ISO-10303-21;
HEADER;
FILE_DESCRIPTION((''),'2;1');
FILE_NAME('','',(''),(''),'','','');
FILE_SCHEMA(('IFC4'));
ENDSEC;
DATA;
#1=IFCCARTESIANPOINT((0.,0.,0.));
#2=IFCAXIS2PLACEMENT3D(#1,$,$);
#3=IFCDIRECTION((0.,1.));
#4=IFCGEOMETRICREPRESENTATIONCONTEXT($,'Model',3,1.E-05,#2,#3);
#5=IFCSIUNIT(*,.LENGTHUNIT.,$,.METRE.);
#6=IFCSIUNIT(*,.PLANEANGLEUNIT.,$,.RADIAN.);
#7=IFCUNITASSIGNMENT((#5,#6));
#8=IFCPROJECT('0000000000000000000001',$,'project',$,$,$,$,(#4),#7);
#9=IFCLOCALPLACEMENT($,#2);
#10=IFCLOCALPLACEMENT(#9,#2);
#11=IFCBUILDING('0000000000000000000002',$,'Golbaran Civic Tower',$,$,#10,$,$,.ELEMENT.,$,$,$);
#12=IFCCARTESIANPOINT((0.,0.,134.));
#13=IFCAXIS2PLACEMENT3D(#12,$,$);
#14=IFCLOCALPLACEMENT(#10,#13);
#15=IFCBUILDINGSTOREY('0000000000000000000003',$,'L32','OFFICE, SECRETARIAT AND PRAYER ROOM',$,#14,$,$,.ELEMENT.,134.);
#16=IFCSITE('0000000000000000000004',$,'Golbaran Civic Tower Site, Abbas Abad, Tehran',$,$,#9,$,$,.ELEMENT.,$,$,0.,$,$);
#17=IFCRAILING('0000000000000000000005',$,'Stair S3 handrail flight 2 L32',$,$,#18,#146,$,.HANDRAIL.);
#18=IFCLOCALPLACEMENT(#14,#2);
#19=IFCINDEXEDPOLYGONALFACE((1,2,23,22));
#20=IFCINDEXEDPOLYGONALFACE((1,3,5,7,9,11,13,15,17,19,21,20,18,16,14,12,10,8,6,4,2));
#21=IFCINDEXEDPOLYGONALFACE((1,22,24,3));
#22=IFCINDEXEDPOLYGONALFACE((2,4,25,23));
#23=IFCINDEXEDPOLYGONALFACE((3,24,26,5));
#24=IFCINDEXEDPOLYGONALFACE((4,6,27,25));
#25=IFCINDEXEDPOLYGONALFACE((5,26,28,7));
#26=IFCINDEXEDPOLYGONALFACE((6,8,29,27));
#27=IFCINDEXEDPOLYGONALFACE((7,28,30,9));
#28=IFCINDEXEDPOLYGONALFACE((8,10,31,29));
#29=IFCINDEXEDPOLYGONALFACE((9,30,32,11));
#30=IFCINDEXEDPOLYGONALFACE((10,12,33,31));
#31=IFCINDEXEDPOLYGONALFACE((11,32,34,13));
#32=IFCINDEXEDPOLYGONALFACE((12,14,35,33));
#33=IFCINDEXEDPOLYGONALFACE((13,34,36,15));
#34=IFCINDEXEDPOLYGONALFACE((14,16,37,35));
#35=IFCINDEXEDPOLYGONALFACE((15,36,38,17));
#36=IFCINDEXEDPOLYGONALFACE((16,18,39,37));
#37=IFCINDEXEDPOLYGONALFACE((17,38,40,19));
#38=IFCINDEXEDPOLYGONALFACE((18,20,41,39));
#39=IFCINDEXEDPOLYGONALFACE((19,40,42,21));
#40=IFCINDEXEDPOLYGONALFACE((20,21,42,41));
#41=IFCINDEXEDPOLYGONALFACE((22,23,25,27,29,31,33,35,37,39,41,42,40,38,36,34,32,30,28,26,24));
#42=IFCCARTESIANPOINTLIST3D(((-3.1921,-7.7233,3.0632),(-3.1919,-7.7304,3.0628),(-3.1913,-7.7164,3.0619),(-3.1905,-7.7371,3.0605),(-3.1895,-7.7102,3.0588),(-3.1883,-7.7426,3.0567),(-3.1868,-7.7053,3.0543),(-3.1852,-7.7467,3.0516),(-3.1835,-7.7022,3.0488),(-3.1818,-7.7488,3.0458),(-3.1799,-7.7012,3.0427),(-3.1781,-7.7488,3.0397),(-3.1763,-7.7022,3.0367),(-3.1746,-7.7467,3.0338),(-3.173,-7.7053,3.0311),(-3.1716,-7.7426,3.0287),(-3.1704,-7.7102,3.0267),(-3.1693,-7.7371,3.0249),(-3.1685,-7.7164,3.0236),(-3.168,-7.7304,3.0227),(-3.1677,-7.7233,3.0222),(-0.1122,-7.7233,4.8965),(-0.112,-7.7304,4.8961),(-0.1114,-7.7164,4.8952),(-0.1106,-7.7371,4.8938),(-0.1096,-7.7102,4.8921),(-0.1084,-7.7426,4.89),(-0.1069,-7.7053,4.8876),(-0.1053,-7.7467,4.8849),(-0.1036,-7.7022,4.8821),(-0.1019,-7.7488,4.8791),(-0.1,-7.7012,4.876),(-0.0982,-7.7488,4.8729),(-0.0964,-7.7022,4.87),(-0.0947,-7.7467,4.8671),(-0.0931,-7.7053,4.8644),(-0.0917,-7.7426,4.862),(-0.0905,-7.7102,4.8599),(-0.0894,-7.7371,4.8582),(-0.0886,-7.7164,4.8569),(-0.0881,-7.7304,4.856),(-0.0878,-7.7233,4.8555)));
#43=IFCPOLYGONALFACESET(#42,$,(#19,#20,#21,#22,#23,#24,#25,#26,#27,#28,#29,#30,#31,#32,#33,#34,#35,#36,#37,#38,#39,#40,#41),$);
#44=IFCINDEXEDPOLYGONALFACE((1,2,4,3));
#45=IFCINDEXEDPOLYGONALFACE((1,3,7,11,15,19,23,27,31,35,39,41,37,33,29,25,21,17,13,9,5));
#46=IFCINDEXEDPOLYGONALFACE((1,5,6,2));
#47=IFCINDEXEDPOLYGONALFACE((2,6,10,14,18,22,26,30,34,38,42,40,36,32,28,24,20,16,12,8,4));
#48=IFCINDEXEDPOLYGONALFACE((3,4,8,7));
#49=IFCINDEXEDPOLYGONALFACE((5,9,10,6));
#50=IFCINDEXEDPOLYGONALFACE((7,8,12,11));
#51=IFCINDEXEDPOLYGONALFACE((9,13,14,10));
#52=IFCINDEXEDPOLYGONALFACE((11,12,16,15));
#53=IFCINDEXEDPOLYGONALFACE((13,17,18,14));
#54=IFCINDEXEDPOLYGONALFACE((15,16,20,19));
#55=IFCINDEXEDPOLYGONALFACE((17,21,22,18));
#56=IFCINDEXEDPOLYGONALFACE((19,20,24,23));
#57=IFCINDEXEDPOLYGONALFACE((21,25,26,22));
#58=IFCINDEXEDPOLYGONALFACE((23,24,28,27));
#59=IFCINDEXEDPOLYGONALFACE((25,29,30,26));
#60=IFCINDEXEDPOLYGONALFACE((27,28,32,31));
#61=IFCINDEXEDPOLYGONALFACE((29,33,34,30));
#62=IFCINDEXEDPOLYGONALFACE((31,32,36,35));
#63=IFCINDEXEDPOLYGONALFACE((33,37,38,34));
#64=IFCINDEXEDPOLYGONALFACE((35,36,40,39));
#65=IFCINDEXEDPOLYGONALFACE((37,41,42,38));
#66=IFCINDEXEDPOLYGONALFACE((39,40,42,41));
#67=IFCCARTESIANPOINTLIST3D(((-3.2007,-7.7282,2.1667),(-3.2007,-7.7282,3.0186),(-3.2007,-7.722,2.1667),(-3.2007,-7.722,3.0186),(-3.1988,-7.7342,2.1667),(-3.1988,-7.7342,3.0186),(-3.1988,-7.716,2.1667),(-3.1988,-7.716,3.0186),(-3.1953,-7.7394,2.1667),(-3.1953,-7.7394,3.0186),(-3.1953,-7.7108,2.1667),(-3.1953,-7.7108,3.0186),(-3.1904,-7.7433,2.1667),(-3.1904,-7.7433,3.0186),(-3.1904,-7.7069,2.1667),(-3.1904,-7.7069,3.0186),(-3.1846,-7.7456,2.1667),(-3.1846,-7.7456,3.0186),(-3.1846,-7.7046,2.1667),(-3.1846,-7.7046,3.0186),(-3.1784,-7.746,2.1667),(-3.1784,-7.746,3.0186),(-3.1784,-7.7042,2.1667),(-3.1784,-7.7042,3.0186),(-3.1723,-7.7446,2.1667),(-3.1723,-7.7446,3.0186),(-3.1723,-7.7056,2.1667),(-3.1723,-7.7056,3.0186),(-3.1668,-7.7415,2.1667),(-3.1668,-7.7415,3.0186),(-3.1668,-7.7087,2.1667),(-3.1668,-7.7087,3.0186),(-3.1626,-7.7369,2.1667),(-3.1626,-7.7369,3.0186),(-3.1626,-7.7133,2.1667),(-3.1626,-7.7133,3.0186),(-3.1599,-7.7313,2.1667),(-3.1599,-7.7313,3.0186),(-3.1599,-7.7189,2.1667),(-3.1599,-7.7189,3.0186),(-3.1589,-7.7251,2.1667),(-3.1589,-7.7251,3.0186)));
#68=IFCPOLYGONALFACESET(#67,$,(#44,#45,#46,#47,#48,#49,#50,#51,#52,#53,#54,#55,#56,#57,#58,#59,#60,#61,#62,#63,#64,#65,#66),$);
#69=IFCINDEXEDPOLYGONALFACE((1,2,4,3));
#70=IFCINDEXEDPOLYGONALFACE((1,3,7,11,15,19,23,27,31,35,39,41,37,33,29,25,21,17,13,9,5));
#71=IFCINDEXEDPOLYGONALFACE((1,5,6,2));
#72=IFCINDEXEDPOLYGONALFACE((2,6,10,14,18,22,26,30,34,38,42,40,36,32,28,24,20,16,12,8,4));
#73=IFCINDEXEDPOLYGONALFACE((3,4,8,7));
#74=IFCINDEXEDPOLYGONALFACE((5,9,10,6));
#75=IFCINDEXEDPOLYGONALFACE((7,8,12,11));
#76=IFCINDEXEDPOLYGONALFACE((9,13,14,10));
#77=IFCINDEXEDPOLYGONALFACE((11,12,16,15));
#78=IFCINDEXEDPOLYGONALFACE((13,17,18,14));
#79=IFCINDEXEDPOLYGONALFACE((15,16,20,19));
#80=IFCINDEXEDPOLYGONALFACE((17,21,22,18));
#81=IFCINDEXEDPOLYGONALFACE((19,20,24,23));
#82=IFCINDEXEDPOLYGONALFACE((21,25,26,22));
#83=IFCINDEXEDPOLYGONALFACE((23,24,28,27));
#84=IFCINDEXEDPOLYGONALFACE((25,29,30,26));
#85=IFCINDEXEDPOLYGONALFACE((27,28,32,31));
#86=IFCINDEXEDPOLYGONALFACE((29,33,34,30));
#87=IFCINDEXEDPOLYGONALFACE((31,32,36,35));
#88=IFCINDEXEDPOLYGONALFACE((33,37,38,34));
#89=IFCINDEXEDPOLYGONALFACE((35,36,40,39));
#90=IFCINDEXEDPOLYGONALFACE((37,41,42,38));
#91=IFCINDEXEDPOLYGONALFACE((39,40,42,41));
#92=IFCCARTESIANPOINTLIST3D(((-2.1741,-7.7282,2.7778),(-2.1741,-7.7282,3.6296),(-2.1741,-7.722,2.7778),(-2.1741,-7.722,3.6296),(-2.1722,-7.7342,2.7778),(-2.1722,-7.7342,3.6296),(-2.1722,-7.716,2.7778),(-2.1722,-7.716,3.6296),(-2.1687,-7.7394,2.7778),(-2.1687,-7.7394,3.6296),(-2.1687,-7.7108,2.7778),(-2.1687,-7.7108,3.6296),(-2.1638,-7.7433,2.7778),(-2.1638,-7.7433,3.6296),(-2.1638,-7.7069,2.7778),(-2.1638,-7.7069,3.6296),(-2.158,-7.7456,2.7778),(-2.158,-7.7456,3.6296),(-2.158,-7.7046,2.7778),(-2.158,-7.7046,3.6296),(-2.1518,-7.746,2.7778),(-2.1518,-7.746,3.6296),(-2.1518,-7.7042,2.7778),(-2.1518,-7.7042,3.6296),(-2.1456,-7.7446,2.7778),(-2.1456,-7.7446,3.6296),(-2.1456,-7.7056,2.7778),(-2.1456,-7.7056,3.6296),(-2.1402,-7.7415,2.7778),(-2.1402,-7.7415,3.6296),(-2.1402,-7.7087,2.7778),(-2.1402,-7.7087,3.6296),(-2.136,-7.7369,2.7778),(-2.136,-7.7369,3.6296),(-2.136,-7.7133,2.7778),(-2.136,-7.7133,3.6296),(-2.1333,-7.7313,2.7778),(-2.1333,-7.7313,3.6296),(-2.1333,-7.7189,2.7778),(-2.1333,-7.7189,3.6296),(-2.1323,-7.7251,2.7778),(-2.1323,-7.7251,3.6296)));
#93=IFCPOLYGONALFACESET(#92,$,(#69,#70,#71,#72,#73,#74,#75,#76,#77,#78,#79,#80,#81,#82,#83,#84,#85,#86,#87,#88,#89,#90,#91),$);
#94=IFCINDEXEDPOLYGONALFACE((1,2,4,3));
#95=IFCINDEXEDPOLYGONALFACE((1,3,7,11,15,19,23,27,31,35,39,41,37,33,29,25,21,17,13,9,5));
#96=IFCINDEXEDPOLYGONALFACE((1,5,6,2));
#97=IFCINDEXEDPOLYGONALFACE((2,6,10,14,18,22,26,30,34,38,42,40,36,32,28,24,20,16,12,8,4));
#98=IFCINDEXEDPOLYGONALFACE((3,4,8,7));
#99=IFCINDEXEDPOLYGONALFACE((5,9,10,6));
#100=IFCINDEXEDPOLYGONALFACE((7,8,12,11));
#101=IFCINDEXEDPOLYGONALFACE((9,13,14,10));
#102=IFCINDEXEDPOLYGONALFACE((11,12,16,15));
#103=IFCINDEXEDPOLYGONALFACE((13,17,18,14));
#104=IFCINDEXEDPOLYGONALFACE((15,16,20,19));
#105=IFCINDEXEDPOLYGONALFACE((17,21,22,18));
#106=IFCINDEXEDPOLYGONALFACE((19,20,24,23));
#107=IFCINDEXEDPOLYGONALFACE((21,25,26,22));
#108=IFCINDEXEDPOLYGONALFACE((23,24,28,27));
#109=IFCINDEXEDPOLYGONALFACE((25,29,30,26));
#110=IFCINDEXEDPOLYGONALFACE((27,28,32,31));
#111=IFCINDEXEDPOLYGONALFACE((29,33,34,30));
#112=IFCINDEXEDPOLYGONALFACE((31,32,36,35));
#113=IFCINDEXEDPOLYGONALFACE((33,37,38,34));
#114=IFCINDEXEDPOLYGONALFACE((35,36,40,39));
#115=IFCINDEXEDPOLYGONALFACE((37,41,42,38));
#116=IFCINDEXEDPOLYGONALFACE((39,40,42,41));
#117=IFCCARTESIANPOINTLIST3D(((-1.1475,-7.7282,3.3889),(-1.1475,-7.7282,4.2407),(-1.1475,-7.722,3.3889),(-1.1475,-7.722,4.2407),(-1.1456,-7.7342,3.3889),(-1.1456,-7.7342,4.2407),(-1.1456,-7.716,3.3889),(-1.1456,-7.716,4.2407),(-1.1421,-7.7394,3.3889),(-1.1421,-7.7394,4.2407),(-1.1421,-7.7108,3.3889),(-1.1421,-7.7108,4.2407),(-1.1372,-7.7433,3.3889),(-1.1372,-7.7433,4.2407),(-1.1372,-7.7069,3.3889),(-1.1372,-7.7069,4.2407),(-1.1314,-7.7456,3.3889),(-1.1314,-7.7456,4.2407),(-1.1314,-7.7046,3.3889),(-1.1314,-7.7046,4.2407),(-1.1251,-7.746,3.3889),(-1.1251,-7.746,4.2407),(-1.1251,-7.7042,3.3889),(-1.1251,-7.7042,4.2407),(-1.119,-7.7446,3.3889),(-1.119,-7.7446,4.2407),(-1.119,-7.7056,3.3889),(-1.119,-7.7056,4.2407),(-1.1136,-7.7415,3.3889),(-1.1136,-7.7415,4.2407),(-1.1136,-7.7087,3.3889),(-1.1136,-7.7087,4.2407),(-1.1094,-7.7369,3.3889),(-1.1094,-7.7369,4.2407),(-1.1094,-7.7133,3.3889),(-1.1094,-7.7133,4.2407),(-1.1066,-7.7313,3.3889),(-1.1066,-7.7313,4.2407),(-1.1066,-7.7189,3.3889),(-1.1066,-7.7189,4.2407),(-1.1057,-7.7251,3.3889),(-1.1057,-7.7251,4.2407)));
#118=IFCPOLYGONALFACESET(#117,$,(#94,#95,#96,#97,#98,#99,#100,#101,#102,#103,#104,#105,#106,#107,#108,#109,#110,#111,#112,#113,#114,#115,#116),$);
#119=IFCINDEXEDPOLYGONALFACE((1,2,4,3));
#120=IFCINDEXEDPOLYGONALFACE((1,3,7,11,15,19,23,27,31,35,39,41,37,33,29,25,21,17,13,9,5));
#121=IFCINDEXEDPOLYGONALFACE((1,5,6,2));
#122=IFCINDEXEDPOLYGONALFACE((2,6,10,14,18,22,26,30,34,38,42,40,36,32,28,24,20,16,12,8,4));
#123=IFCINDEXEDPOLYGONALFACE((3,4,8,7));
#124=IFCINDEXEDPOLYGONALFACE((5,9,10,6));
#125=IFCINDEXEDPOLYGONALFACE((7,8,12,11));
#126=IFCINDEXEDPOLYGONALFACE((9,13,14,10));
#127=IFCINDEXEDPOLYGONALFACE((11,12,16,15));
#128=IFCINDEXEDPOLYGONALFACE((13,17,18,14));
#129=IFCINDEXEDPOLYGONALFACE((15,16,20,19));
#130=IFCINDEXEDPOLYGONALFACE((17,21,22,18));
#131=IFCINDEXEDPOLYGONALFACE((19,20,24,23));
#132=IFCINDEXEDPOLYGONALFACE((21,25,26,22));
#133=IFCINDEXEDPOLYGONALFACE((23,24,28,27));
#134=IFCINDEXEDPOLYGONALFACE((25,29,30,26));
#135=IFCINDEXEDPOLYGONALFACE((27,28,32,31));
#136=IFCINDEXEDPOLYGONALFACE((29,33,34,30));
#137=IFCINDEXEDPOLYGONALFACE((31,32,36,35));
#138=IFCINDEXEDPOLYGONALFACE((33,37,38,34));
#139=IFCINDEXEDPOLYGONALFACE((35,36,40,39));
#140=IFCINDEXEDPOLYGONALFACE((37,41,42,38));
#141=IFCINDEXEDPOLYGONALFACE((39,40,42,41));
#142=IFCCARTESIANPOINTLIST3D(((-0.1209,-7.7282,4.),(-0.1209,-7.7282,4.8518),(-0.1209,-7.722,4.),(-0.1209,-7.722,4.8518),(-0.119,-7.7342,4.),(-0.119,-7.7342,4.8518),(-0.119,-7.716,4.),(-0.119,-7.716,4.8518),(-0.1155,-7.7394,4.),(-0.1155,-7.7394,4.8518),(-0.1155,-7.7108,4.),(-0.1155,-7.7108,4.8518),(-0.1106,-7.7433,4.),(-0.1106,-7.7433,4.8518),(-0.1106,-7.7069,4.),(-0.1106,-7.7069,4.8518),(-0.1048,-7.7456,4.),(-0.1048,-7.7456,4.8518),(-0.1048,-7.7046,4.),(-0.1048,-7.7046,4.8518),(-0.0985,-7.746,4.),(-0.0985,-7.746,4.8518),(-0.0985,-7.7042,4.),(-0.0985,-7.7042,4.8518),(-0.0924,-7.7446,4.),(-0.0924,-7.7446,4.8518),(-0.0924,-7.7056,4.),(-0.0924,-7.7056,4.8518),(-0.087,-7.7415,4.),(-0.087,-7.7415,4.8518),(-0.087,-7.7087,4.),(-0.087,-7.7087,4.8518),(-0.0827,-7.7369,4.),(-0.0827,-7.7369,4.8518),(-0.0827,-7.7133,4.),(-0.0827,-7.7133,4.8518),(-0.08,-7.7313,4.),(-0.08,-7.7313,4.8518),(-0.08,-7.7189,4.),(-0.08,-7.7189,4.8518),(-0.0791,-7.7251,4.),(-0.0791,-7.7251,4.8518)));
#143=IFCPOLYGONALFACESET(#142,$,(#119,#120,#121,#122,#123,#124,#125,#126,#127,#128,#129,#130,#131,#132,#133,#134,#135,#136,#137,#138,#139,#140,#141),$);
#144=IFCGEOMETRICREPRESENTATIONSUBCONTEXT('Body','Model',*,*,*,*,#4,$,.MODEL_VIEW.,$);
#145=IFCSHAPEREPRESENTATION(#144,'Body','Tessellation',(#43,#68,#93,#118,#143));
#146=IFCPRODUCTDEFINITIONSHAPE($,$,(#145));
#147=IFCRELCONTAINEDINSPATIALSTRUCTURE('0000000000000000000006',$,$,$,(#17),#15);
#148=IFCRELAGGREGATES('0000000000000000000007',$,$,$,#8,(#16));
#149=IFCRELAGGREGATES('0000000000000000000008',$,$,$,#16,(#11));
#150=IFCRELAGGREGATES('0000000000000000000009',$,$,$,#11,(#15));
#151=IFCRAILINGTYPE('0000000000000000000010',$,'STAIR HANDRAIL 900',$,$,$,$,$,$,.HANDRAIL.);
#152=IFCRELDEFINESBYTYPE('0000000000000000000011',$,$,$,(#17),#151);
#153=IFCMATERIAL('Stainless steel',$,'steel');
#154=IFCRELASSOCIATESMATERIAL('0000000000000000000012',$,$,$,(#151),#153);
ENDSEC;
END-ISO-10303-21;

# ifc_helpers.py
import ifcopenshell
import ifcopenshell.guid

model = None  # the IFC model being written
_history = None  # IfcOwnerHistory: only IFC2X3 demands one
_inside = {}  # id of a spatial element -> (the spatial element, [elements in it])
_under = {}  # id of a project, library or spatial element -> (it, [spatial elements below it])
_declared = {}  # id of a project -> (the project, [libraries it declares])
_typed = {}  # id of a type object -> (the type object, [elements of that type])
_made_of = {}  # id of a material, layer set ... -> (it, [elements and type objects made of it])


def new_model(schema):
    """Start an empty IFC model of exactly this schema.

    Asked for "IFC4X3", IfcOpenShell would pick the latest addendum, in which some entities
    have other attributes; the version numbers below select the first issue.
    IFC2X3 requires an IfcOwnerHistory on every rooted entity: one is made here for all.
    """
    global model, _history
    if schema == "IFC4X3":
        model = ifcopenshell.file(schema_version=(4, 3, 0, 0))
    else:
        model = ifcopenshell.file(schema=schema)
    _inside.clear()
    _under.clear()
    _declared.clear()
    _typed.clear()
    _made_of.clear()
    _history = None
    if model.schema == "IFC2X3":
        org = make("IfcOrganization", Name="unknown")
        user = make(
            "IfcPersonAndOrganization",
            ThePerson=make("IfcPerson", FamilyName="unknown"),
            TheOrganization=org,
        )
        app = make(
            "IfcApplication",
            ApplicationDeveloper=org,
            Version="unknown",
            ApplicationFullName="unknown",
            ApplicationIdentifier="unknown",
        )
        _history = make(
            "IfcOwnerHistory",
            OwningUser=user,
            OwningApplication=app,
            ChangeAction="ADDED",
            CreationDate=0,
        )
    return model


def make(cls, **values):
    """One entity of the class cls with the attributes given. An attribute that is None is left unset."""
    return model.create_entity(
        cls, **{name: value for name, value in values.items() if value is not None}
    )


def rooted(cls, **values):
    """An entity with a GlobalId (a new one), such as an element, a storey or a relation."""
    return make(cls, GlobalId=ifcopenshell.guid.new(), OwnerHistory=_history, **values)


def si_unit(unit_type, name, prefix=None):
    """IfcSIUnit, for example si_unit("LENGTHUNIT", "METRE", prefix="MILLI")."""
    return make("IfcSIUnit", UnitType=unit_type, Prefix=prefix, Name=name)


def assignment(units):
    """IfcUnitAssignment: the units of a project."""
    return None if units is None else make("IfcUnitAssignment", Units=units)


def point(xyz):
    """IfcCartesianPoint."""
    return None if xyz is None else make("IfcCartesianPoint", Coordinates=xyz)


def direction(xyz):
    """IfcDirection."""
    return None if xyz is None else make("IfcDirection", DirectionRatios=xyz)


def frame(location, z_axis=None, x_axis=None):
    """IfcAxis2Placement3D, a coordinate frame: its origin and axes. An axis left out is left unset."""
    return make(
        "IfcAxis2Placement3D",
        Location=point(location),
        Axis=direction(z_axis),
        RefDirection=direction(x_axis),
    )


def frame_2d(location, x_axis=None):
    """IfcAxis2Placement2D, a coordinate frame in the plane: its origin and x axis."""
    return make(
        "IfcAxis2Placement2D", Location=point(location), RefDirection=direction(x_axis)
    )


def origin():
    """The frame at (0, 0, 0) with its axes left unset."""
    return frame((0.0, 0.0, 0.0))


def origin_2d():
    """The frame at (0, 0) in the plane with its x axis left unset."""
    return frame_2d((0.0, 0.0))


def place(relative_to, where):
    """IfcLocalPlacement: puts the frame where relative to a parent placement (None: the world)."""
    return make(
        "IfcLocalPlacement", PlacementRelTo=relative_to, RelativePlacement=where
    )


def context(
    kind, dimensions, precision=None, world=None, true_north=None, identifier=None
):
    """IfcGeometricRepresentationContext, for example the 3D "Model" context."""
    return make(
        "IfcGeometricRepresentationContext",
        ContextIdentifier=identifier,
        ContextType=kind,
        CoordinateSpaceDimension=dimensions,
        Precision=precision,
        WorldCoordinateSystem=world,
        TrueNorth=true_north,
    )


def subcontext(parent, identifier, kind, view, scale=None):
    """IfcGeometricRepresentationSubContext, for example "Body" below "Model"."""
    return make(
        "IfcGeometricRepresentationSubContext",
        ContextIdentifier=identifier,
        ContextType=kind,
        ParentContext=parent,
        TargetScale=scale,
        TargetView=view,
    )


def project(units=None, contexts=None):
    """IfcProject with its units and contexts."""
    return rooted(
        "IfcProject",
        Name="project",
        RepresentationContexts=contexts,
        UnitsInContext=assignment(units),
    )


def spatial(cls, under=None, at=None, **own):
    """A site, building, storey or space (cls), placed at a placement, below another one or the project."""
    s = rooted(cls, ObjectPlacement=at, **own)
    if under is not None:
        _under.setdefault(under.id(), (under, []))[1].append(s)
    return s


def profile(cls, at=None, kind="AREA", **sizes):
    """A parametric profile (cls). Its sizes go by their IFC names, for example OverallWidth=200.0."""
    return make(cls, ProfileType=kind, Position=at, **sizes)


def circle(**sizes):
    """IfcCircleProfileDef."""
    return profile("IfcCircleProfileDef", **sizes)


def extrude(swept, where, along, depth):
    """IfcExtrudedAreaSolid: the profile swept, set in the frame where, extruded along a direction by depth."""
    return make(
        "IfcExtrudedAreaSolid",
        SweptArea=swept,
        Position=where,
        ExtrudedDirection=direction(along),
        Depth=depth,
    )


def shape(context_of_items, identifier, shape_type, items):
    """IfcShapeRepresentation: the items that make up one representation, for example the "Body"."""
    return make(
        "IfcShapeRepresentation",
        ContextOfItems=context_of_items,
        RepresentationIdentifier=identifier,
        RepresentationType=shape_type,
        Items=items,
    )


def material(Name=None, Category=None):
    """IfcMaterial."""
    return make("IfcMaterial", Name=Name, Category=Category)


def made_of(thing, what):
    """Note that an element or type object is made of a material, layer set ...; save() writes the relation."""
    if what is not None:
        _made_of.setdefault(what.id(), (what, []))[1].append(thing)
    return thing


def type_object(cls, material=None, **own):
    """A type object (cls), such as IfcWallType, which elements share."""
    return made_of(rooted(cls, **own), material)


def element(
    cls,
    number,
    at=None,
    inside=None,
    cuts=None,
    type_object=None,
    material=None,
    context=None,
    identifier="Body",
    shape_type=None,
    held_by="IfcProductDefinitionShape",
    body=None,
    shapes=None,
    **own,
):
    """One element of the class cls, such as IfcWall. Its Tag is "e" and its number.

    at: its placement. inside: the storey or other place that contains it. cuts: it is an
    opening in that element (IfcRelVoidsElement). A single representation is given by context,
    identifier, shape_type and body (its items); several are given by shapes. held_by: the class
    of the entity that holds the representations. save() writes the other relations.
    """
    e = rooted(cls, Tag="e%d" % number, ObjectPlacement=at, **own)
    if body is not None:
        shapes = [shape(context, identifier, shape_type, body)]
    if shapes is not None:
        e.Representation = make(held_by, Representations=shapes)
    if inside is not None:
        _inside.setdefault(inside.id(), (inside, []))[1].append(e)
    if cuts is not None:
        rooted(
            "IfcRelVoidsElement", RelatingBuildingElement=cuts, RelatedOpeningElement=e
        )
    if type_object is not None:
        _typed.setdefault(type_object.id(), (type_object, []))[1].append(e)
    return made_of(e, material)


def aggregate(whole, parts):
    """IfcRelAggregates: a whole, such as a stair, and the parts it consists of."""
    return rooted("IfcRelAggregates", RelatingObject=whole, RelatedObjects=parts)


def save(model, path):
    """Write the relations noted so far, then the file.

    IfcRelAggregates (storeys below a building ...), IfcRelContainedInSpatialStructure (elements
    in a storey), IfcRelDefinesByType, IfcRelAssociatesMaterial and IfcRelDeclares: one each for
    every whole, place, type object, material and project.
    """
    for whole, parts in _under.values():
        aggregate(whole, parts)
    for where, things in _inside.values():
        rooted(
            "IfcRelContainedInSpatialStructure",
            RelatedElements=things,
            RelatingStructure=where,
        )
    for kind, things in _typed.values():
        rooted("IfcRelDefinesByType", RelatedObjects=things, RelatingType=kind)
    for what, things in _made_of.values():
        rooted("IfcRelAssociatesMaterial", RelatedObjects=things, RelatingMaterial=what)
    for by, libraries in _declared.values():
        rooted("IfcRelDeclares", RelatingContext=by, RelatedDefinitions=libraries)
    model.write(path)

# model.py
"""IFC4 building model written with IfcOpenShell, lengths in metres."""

from ifc_helpers import new_model, si_unit, direction, frame, origin, origin_2d, place, context, subcontext, project, spatial, circle, extrude, material, type_object, element, save


model = new_model("IFC4")

# Units and contexts
model_context = context("Model", 3, precision=1e-05, world=origin(), true_north=direction((0.0, 1.0)))
body_context = subcontext(model_context, "Body", "Model", "MODEL_VIEW")
ifc_project = project(units=[si_unit("LENGTHUNIT", "METRE"), si_unit("PLANEANGLEUNIT", "RADIAN")], contexts=[model_context])

# Site, building, storey
site_placement = place(None, origin())
site = spatial("IfcSite", under=ifc_project, at=site_placement, Name="Golbaran Civic Tower Site, Abbas Abad, Tehran", CompositionType="ELEMENT", RefElevation=0.0)
building_placement = place(site_placement, origin())
building = spatial("IfcBuilding", under=site, at=building_placement, Name="Golbaran Civic Tower", CompositionType="ELEMENT")
storey_placement = place(building_placement, frame((0.0, 0.0, 134.0)))
storey = spatial("IfcBuildingStorey", under=building, at=storey_placement, Name="L32", Description="OFFICE, SECRETARIAT AND PRAYER ROOM", CompositionType="ELEMENT", Elevation=134.0)

# Shared definitions
ifc_material_1 = material(Name="Stainless steel", Category="steel")

# Railing
railing_type = type_object("IfcRailingType", Name="STAIR HANDRAIL 900", PredefinedType="HANDRAIL", material=ifc_material_1)
railing_1_placement = place(storey_placement, frame((-3.1799, -7.7251, 2.1667)))
element("IfcRailing", 1, at=railing_1_placement, inside=storey, type_object=railing_type, Name="Stair S3 handrail flight 2 L32", PredefinedType="HANDRAIL", context=body_context, shape_type="SweptSolid", body=[
    extrude(circle(Radius=0.0239, at=origin_2d()), frame((0.0, 0.0, 0.876), z_axis=(0.859291, 0.0, 0.511487), x_axis=(0.0, 1.0, 0.0)), (0.0, 0.0, 1.0), 3.5842),
    extrude(circle(Radius=0.021, at=origin_2d()), origin(), (0.0, 0.0, 1.0), 0.8518),
    extrude(circle(Radius=0.021, at=origin_2d()), frame((1.0266, 0.0, 0.6111)), (0.0, 0.0, 1.0), 0.8518),
    extrude(circle(Radius=0.021, at=origin_2d()), frame((2.0532, 0.0, 1.2222)), (0.0, 0.0, 1.0), 0.8518),
    extrude(circle(Radius=0.021, at=origin_2d()), frame((3.0798, 0.0, 1.8333)), (0.0, 0.0, 1.0), 0.8518),
])

save(model, "model.ifc")
